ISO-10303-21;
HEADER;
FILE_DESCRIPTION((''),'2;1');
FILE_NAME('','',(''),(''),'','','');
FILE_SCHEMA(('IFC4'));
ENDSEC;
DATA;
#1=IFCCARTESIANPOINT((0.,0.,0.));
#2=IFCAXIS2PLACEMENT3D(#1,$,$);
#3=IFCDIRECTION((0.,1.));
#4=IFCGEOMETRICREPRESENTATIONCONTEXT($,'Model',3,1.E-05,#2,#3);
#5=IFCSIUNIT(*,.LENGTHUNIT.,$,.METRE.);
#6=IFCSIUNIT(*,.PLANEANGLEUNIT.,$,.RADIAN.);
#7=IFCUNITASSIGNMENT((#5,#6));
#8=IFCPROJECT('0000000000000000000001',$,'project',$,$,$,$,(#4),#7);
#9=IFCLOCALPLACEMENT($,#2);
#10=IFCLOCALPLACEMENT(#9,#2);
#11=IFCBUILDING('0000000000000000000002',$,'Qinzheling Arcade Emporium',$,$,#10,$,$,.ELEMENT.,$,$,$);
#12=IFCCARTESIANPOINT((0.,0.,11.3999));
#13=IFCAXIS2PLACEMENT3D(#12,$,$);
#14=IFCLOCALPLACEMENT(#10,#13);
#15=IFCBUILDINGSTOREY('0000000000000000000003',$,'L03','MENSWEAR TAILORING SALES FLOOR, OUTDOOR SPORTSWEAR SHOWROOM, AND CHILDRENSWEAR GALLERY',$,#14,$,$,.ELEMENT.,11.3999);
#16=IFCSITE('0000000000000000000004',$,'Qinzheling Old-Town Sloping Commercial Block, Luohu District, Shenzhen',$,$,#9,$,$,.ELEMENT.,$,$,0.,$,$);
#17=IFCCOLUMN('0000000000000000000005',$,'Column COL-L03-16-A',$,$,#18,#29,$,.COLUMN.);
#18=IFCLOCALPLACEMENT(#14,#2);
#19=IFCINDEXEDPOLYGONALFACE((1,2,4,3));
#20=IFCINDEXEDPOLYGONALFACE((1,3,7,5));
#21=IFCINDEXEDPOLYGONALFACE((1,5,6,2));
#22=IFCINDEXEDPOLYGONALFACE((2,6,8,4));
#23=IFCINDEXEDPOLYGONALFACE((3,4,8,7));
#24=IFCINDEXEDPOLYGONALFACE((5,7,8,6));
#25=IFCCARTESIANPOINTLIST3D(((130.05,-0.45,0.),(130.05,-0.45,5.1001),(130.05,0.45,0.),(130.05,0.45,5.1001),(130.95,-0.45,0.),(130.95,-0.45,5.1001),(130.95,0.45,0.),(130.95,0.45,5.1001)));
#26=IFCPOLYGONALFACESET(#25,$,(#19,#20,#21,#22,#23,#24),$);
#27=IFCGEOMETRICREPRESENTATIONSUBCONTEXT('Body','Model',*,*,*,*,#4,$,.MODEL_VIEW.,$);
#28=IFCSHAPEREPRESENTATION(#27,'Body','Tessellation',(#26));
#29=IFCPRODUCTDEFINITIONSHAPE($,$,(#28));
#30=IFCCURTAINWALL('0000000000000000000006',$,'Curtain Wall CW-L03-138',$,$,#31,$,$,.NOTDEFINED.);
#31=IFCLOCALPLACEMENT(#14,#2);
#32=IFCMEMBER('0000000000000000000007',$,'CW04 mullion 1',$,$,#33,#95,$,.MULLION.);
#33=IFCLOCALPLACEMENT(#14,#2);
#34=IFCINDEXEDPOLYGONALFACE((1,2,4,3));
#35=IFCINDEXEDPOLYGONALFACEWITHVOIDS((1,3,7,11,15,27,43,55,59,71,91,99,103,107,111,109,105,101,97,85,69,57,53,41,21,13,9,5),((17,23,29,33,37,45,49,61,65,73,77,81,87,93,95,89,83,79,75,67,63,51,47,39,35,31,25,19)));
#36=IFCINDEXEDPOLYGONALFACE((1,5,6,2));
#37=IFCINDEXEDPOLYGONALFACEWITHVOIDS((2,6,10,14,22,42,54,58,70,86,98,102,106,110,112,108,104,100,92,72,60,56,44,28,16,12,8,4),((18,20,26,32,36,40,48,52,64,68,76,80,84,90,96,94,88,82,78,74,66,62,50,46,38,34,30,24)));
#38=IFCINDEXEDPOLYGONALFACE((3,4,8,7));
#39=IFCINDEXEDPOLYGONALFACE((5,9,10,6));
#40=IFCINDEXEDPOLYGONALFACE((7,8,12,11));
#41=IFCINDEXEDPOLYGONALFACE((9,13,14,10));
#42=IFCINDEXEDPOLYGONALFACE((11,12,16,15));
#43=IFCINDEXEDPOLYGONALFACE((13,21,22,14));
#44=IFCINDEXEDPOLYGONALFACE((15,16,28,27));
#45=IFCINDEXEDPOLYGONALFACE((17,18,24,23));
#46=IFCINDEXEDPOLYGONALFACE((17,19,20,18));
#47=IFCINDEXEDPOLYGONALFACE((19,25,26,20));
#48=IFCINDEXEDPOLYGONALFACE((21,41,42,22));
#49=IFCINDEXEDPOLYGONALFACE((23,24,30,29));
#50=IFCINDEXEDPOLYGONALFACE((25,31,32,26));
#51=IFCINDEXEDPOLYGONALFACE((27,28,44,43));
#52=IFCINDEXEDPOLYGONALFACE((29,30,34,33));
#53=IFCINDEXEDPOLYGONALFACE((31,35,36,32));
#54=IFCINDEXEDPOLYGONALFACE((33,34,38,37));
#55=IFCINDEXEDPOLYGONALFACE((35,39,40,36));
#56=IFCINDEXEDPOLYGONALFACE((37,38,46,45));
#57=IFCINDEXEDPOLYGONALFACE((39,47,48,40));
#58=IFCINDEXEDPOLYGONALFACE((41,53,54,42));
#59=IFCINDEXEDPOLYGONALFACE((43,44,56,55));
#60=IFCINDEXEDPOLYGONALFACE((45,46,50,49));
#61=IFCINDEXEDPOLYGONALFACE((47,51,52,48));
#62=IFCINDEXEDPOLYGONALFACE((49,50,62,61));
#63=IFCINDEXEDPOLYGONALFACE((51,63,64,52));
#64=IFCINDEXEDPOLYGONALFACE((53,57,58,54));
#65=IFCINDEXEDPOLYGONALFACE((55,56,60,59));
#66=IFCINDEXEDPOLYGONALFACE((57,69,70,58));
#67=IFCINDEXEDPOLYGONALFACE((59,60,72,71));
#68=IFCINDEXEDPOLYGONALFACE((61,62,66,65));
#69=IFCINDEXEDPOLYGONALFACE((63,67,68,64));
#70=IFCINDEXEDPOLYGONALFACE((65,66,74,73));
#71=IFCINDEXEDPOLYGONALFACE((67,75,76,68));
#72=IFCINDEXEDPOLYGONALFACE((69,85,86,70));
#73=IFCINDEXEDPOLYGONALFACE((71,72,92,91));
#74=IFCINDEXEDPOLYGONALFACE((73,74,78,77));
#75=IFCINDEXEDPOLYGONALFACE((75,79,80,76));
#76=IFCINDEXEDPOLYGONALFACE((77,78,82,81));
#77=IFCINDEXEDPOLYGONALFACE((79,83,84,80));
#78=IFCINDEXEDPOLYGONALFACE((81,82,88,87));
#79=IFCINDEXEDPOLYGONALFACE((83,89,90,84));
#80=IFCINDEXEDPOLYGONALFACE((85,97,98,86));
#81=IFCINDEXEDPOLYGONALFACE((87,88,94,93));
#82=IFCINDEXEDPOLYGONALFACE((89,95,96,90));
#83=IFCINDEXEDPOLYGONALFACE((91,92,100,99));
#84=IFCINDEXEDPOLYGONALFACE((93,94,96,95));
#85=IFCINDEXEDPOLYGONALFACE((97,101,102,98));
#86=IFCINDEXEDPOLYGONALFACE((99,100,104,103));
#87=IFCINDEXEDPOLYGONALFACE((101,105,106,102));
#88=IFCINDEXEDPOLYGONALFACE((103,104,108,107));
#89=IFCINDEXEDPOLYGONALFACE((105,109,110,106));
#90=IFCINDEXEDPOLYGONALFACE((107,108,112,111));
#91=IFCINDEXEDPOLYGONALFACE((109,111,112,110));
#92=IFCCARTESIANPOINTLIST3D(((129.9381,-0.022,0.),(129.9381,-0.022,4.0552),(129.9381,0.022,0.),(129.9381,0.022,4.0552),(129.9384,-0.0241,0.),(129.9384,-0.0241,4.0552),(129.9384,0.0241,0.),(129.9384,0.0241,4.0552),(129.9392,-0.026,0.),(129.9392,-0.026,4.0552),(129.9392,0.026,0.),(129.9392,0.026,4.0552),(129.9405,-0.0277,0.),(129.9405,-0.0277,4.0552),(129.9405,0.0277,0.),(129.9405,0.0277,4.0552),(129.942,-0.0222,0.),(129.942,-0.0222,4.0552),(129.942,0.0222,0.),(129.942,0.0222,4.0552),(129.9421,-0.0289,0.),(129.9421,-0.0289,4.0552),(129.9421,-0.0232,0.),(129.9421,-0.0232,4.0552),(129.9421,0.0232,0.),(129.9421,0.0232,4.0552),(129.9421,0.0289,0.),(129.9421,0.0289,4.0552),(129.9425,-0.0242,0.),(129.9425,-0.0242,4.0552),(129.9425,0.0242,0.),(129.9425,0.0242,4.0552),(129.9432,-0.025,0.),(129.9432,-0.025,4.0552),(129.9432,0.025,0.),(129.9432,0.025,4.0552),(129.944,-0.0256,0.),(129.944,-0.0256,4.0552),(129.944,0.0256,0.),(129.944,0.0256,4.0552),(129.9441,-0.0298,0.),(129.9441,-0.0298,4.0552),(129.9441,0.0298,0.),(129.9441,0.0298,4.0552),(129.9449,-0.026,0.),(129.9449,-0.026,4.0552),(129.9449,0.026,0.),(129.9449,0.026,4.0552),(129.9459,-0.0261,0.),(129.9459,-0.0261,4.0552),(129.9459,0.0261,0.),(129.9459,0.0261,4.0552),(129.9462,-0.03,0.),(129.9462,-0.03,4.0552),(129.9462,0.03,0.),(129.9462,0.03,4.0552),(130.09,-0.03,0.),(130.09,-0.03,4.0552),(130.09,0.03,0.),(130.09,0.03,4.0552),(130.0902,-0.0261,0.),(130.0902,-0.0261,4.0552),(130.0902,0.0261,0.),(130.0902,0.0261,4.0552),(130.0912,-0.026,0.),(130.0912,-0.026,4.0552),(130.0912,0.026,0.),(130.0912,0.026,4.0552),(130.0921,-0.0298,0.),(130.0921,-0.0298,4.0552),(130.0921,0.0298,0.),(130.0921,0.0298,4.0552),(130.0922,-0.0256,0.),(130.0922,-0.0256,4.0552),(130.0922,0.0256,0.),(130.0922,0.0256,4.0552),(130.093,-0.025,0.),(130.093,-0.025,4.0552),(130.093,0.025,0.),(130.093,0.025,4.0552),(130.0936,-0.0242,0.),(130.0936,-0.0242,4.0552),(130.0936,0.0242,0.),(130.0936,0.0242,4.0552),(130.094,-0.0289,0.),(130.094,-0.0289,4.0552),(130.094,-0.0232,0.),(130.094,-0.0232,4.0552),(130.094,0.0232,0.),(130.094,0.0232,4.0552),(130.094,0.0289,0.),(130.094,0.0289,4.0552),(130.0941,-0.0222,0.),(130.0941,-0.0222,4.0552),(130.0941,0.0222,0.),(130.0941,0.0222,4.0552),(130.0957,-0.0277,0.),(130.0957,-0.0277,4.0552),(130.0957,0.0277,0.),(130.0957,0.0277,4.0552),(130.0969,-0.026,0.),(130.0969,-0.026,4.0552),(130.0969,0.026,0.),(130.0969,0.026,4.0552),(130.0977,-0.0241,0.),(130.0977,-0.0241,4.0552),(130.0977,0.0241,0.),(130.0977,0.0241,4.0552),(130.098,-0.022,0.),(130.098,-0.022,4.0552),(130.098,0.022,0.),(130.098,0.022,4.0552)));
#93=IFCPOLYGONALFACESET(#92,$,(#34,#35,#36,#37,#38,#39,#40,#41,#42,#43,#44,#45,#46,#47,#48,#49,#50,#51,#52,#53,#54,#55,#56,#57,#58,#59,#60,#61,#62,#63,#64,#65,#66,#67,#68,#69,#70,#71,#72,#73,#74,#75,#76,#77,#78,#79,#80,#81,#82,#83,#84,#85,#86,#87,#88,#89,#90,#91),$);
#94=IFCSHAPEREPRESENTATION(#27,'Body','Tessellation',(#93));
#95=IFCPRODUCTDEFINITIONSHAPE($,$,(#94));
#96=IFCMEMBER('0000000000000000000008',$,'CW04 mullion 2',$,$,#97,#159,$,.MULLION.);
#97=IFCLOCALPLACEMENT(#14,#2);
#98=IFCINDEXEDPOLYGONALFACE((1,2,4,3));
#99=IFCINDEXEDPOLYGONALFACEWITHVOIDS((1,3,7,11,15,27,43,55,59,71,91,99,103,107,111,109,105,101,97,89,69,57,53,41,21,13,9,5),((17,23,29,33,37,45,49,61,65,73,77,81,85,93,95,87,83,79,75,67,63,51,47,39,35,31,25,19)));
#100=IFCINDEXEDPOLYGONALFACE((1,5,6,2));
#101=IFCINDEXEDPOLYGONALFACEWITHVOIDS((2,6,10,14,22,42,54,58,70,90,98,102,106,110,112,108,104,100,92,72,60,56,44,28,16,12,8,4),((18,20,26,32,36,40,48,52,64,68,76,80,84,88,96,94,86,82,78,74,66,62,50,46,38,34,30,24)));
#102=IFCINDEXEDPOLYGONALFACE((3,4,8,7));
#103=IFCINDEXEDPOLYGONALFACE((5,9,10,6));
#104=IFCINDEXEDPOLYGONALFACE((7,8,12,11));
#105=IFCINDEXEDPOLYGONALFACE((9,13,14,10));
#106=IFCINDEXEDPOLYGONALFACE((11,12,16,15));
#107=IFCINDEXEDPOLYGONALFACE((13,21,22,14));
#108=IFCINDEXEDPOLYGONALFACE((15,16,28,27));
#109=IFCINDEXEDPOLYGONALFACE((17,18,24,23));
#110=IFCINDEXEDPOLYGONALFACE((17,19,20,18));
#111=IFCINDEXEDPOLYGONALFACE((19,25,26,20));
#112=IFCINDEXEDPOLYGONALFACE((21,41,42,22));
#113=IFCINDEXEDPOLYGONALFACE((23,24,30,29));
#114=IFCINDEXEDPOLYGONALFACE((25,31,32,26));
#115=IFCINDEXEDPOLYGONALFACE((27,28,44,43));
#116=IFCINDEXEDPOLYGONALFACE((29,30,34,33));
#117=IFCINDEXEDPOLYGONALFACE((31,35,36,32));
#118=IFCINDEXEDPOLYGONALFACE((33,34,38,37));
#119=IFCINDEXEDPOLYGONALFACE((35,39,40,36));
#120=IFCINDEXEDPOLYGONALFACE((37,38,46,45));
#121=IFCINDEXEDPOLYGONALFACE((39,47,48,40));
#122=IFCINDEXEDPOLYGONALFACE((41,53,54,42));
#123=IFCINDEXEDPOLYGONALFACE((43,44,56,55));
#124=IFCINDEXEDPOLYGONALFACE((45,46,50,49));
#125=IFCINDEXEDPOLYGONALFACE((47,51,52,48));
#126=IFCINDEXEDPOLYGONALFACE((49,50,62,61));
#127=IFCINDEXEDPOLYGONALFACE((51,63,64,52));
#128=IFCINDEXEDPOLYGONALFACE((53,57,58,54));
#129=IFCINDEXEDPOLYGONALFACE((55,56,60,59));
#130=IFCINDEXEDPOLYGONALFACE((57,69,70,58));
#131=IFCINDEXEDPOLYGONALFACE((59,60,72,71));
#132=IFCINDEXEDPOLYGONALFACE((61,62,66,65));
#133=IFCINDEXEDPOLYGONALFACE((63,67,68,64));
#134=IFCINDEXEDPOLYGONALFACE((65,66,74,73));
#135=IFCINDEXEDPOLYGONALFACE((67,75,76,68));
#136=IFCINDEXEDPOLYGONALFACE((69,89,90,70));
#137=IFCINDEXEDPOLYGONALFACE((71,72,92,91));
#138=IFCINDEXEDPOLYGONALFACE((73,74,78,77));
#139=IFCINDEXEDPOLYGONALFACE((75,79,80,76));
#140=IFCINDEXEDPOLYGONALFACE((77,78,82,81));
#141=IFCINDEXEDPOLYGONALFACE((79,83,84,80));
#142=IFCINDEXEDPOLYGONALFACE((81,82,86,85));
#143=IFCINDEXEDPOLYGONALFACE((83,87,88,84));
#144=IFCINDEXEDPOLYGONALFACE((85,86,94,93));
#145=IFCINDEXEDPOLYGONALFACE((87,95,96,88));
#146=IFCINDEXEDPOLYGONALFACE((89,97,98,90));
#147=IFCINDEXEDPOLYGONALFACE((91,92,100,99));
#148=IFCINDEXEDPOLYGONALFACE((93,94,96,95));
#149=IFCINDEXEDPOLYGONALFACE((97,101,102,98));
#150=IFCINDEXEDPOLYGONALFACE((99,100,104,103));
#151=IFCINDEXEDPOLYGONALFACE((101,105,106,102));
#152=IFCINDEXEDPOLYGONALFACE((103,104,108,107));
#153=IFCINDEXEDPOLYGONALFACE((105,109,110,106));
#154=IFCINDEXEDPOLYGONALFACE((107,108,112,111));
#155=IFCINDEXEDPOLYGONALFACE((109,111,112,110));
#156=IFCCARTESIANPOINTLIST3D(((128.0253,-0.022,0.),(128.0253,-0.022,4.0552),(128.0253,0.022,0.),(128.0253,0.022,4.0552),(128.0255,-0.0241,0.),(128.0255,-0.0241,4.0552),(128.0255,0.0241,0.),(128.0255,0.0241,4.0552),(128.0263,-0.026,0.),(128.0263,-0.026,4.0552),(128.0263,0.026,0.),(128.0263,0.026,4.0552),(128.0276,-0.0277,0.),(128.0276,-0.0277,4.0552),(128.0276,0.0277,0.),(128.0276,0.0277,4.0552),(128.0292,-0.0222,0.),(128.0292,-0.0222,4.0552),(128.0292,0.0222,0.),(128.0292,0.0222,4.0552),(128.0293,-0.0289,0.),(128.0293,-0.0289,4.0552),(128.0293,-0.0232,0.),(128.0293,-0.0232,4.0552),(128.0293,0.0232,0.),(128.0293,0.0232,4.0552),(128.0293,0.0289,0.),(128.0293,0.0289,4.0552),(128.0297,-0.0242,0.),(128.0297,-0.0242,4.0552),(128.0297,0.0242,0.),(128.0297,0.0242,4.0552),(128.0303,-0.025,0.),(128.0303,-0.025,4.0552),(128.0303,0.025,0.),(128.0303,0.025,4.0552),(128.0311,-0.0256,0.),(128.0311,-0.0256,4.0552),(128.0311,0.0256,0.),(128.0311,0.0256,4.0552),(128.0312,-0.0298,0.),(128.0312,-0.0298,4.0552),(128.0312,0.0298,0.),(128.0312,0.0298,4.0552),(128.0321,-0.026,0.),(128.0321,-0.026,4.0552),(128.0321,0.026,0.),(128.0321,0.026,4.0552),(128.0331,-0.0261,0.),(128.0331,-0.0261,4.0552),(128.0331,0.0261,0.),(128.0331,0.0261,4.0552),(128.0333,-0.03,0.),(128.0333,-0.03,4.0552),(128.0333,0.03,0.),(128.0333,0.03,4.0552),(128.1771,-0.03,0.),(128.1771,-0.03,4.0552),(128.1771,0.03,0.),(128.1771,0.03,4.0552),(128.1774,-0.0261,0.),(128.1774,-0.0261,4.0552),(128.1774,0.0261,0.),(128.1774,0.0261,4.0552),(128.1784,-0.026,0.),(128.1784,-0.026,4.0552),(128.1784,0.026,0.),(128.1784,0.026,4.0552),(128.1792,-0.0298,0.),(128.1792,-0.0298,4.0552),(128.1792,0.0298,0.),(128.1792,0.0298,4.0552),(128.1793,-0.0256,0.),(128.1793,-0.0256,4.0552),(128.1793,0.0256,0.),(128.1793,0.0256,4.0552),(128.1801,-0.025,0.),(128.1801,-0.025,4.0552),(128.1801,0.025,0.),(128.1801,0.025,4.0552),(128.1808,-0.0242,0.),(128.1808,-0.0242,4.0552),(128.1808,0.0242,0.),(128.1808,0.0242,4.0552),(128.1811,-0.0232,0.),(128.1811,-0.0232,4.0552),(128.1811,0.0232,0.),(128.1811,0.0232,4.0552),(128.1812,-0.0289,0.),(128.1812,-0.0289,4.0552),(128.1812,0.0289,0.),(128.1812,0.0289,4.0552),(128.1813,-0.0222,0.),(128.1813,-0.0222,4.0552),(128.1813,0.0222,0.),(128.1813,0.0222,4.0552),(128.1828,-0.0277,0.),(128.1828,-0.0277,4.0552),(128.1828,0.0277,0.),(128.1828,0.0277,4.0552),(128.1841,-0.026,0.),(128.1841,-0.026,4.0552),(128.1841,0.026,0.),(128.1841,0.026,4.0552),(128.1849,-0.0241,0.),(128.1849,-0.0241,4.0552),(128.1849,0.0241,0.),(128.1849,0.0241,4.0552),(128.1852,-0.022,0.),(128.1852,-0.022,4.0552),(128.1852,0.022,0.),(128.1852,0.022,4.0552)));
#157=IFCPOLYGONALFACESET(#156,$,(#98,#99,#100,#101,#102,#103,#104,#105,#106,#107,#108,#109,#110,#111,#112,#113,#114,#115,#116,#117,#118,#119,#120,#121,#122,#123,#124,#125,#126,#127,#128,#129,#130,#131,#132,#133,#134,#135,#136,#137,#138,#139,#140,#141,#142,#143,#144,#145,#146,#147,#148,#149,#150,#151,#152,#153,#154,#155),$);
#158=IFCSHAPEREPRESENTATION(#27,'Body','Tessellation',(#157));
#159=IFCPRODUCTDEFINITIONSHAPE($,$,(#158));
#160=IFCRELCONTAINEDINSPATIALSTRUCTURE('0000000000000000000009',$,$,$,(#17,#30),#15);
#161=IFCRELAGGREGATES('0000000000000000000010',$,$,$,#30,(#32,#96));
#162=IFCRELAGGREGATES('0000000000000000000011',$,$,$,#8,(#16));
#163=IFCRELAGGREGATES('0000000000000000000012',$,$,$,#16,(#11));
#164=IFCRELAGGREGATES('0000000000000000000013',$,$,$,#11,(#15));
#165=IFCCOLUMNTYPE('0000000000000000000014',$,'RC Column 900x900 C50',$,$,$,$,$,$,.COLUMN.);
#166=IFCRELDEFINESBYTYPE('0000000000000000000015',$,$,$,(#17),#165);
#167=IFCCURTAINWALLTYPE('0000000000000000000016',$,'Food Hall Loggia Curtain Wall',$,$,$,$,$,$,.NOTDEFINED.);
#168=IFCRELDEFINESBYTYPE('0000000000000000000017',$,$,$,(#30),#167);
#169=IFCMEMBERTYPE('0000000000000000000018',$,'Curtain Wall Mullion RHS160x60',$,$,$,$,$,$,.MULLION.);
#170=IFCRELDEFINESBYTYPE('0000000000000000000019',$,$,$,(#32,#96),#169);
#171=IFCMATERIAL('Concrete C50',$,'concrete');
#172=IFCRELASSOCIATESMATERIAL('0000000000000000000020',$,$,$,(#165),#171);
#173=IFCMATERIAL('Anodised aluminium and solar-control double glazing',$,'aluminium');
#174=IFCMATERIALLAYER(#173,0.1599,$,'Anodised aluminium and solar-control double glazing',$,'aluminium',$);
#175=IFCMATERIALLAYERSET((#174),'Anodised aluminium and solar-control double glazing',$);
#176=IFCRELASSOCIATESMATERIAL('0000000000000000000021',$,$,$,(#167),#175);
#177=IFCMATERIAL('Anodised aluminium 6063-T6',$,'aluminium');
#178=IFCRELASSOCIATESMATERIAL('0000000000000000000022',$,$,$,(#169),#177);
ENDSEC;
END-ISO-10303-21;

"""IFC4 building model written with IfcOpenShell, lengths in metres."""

from ifc_helpers import new_model, si_unit, direction, frame, origin, origin_2d, place, context, subcontext, project, spatial, rectangle, hollow_rectangle, extrude, material, layer, layer_set, material_profile, profile_set, type_object, element, aggregate, save


model = new_model("IFC4")

# Units and contexts
model_context = context("Model", 3, precision=1e-05, world=origin(), true_north=direction((0.0, 1.0)))
body_context = subcontext(model_context, "Body", "Model", "MODEL_VIEW")
ifc_project = project(units=[si_unit("LENGTHUNIT", "METRE"), si_unit("PLANEANGLEUNIT", "RADIAN")], contexts=[model_context])

# Site, building, storey
site_placement = place(None, origin())
site = spatial("IfcSite", under=ifc_project, at=site_placement, Name="Qinzheling Old-Town Sloping Commercial Block, Luohu District, Shenzhen", CompositionType="ELEMENT", RefElevation=0.0)
building_placement = place(site_placement, origin())
building = spatial("IfcBuilding", under=site, at=building_placement, Name="Qinzheling Arcade Emporium", CompositionType="ELEMENT")
storey_placement = place(building_placement, frame((0.0, 0.0, 11.3999)))
storey = spatial("IfcBuildingStorey", under=building, at=storey_placement, Name="L03", Description="MENSWEAR TAILORING SALES FLOOR, OUTDOOR SPORTSWEAR SHOWROOM, AND CHILDRENSWEAR GALLERY", CompositionType="ELEMENT", Elevation=11.3999)

# Column
ifc_material_1 = material(Name="Concrete C50", Category="concrete")
ifc_material_profile_1 = material_profile(ifc_material_1, rectangle(XDim=0.8999, YDim=0.8999, at=origin_2d()), Name="RC 900x900", Category="concrete")
ifc_profile_set_1 = profile_set([ifc_material_profile_1], Name="Concrete C50")
column_type = type_object("IfcColumnType", Name="RC Column 900x900 C50", PredefinedType="COLUMN", material=ifc_profile_set_1)
column_placement = place(storey_placement, frame((130.5, 0.0, 0.0), z_axis=(0.0, 0.0, 1.0), x_axis=(1.0, 0.0, 0.0)))
element("IfcColumn", 1, at=column_placement, inside=storey, type_object=column_type, Name="Column COL-L03-16-A", PredefinedType="COLUMN", context=body_context, shape_type="SweptSolid", body=[
    extrude(rectangle(XDim=0.8999, YDim=0.8999, at=origin_2d()), origin(), (0.0, 0.0, 1.0), 5.1001),
])

# Curtain wall, members
ifc_material_2 = material(Name="Anodised aluminium and solar-control double glazing", Category="aluminium")
ifc_layer_1 = layer(ifc_material_2, 0.1599, Name="Anodised aluminium and solar-control double glazing", Category="aluminium")
ifc_layer_set_1 = layer_set([ifc_layer_1], Name="Anodised aluminium and solar-control double glazing")
curtain_wall_type = type_object("IfcCurtainWallType", Name="Food Hall Loggia Curtain Wall", PredefinedType="NOTDEFINED", material=ifc_layer_set_1)
curtain_wall_placement = place(storey_placement, origin())
curtain_wall = element("IfcCurtainWall", 2, at=curtain_wall_placement, inside=storey, type_object=curtain_wall_type, Name="Curtain Wall CW-L03-138", PredefinedType="NOTDEFINED")
ifc_material_3 = material(Name="Anodised aluminium 6063-T6", Category="aluminium")
ifc_material_profile_2 = material_profile(ifc_material_3, hollow_rectangle(XDim=0.0601, YDim=0.1599, WallThickness=0.0039, InnerFilletRadius=0.0039, OuterFilletRadius=0.0081, at=origin_2d()), Name="RHS 160x60x4", Category="aluminium")
ifc_profile_set_2 = profile_set([ifc_material_profile_2], Name="Anodised aluminium 6063-T6")
member_type_1 = type_object("IfcMemberType", Name="Curtain Wall Mullion RHS160x60", PredefinedType="MULLION", material=ifc_profile_set_2)
member_1_placement = place(storey_placement, frame((130.0181, 0.0, 0.0), z_axis=(0.0, 0.0, 1.0), x_axis=(0.0, -1.0, 0.0)))
member_1 = element("IfcMember", 3, at=member_1_placement, type_object=member_type_1, Name="CW04 mullion 1", PredefinedType="MULLION", context=body_context, shape_type="SweptSolid", body=[
    extrude(hollow_rectangle(XDim=0.0601, YDim=0.1599, WallThickness=0.0039, InnerFilletRadius=0.0039, OuterFilletRadius=0.0081, at=origin_2d()), origin(), (0.0, 0.0, 1.0), 4.0552),
])
member_2_placement = place(storey_placement, frame((128.1052, 0.0, 0.0), z_axis=(0.0, 0.0, 1.0), x_axis=(0.0, -1.0, 0.0)))
member_2 = element("IfcMember", 4, at=member_2_placement, type_object=member_type_1, Name="CW04 mullion 2", PredefinedType="MULLION", context=body_context, shape_type="SweptSolid", body=[
    extrude(hollow_rectangle(XDim=0.0601, YDim=0.1599, WallThickness=0.0039, InnerFilletRadius=0.0039, OuterFilletRadius=0.0081, at=origin_2d()), origin(), (0.0, 0.0, 1.0), 4.0552),
])
aggregate(curtain_wall, [member_1, member_2])

save(model, "model.ifc")
